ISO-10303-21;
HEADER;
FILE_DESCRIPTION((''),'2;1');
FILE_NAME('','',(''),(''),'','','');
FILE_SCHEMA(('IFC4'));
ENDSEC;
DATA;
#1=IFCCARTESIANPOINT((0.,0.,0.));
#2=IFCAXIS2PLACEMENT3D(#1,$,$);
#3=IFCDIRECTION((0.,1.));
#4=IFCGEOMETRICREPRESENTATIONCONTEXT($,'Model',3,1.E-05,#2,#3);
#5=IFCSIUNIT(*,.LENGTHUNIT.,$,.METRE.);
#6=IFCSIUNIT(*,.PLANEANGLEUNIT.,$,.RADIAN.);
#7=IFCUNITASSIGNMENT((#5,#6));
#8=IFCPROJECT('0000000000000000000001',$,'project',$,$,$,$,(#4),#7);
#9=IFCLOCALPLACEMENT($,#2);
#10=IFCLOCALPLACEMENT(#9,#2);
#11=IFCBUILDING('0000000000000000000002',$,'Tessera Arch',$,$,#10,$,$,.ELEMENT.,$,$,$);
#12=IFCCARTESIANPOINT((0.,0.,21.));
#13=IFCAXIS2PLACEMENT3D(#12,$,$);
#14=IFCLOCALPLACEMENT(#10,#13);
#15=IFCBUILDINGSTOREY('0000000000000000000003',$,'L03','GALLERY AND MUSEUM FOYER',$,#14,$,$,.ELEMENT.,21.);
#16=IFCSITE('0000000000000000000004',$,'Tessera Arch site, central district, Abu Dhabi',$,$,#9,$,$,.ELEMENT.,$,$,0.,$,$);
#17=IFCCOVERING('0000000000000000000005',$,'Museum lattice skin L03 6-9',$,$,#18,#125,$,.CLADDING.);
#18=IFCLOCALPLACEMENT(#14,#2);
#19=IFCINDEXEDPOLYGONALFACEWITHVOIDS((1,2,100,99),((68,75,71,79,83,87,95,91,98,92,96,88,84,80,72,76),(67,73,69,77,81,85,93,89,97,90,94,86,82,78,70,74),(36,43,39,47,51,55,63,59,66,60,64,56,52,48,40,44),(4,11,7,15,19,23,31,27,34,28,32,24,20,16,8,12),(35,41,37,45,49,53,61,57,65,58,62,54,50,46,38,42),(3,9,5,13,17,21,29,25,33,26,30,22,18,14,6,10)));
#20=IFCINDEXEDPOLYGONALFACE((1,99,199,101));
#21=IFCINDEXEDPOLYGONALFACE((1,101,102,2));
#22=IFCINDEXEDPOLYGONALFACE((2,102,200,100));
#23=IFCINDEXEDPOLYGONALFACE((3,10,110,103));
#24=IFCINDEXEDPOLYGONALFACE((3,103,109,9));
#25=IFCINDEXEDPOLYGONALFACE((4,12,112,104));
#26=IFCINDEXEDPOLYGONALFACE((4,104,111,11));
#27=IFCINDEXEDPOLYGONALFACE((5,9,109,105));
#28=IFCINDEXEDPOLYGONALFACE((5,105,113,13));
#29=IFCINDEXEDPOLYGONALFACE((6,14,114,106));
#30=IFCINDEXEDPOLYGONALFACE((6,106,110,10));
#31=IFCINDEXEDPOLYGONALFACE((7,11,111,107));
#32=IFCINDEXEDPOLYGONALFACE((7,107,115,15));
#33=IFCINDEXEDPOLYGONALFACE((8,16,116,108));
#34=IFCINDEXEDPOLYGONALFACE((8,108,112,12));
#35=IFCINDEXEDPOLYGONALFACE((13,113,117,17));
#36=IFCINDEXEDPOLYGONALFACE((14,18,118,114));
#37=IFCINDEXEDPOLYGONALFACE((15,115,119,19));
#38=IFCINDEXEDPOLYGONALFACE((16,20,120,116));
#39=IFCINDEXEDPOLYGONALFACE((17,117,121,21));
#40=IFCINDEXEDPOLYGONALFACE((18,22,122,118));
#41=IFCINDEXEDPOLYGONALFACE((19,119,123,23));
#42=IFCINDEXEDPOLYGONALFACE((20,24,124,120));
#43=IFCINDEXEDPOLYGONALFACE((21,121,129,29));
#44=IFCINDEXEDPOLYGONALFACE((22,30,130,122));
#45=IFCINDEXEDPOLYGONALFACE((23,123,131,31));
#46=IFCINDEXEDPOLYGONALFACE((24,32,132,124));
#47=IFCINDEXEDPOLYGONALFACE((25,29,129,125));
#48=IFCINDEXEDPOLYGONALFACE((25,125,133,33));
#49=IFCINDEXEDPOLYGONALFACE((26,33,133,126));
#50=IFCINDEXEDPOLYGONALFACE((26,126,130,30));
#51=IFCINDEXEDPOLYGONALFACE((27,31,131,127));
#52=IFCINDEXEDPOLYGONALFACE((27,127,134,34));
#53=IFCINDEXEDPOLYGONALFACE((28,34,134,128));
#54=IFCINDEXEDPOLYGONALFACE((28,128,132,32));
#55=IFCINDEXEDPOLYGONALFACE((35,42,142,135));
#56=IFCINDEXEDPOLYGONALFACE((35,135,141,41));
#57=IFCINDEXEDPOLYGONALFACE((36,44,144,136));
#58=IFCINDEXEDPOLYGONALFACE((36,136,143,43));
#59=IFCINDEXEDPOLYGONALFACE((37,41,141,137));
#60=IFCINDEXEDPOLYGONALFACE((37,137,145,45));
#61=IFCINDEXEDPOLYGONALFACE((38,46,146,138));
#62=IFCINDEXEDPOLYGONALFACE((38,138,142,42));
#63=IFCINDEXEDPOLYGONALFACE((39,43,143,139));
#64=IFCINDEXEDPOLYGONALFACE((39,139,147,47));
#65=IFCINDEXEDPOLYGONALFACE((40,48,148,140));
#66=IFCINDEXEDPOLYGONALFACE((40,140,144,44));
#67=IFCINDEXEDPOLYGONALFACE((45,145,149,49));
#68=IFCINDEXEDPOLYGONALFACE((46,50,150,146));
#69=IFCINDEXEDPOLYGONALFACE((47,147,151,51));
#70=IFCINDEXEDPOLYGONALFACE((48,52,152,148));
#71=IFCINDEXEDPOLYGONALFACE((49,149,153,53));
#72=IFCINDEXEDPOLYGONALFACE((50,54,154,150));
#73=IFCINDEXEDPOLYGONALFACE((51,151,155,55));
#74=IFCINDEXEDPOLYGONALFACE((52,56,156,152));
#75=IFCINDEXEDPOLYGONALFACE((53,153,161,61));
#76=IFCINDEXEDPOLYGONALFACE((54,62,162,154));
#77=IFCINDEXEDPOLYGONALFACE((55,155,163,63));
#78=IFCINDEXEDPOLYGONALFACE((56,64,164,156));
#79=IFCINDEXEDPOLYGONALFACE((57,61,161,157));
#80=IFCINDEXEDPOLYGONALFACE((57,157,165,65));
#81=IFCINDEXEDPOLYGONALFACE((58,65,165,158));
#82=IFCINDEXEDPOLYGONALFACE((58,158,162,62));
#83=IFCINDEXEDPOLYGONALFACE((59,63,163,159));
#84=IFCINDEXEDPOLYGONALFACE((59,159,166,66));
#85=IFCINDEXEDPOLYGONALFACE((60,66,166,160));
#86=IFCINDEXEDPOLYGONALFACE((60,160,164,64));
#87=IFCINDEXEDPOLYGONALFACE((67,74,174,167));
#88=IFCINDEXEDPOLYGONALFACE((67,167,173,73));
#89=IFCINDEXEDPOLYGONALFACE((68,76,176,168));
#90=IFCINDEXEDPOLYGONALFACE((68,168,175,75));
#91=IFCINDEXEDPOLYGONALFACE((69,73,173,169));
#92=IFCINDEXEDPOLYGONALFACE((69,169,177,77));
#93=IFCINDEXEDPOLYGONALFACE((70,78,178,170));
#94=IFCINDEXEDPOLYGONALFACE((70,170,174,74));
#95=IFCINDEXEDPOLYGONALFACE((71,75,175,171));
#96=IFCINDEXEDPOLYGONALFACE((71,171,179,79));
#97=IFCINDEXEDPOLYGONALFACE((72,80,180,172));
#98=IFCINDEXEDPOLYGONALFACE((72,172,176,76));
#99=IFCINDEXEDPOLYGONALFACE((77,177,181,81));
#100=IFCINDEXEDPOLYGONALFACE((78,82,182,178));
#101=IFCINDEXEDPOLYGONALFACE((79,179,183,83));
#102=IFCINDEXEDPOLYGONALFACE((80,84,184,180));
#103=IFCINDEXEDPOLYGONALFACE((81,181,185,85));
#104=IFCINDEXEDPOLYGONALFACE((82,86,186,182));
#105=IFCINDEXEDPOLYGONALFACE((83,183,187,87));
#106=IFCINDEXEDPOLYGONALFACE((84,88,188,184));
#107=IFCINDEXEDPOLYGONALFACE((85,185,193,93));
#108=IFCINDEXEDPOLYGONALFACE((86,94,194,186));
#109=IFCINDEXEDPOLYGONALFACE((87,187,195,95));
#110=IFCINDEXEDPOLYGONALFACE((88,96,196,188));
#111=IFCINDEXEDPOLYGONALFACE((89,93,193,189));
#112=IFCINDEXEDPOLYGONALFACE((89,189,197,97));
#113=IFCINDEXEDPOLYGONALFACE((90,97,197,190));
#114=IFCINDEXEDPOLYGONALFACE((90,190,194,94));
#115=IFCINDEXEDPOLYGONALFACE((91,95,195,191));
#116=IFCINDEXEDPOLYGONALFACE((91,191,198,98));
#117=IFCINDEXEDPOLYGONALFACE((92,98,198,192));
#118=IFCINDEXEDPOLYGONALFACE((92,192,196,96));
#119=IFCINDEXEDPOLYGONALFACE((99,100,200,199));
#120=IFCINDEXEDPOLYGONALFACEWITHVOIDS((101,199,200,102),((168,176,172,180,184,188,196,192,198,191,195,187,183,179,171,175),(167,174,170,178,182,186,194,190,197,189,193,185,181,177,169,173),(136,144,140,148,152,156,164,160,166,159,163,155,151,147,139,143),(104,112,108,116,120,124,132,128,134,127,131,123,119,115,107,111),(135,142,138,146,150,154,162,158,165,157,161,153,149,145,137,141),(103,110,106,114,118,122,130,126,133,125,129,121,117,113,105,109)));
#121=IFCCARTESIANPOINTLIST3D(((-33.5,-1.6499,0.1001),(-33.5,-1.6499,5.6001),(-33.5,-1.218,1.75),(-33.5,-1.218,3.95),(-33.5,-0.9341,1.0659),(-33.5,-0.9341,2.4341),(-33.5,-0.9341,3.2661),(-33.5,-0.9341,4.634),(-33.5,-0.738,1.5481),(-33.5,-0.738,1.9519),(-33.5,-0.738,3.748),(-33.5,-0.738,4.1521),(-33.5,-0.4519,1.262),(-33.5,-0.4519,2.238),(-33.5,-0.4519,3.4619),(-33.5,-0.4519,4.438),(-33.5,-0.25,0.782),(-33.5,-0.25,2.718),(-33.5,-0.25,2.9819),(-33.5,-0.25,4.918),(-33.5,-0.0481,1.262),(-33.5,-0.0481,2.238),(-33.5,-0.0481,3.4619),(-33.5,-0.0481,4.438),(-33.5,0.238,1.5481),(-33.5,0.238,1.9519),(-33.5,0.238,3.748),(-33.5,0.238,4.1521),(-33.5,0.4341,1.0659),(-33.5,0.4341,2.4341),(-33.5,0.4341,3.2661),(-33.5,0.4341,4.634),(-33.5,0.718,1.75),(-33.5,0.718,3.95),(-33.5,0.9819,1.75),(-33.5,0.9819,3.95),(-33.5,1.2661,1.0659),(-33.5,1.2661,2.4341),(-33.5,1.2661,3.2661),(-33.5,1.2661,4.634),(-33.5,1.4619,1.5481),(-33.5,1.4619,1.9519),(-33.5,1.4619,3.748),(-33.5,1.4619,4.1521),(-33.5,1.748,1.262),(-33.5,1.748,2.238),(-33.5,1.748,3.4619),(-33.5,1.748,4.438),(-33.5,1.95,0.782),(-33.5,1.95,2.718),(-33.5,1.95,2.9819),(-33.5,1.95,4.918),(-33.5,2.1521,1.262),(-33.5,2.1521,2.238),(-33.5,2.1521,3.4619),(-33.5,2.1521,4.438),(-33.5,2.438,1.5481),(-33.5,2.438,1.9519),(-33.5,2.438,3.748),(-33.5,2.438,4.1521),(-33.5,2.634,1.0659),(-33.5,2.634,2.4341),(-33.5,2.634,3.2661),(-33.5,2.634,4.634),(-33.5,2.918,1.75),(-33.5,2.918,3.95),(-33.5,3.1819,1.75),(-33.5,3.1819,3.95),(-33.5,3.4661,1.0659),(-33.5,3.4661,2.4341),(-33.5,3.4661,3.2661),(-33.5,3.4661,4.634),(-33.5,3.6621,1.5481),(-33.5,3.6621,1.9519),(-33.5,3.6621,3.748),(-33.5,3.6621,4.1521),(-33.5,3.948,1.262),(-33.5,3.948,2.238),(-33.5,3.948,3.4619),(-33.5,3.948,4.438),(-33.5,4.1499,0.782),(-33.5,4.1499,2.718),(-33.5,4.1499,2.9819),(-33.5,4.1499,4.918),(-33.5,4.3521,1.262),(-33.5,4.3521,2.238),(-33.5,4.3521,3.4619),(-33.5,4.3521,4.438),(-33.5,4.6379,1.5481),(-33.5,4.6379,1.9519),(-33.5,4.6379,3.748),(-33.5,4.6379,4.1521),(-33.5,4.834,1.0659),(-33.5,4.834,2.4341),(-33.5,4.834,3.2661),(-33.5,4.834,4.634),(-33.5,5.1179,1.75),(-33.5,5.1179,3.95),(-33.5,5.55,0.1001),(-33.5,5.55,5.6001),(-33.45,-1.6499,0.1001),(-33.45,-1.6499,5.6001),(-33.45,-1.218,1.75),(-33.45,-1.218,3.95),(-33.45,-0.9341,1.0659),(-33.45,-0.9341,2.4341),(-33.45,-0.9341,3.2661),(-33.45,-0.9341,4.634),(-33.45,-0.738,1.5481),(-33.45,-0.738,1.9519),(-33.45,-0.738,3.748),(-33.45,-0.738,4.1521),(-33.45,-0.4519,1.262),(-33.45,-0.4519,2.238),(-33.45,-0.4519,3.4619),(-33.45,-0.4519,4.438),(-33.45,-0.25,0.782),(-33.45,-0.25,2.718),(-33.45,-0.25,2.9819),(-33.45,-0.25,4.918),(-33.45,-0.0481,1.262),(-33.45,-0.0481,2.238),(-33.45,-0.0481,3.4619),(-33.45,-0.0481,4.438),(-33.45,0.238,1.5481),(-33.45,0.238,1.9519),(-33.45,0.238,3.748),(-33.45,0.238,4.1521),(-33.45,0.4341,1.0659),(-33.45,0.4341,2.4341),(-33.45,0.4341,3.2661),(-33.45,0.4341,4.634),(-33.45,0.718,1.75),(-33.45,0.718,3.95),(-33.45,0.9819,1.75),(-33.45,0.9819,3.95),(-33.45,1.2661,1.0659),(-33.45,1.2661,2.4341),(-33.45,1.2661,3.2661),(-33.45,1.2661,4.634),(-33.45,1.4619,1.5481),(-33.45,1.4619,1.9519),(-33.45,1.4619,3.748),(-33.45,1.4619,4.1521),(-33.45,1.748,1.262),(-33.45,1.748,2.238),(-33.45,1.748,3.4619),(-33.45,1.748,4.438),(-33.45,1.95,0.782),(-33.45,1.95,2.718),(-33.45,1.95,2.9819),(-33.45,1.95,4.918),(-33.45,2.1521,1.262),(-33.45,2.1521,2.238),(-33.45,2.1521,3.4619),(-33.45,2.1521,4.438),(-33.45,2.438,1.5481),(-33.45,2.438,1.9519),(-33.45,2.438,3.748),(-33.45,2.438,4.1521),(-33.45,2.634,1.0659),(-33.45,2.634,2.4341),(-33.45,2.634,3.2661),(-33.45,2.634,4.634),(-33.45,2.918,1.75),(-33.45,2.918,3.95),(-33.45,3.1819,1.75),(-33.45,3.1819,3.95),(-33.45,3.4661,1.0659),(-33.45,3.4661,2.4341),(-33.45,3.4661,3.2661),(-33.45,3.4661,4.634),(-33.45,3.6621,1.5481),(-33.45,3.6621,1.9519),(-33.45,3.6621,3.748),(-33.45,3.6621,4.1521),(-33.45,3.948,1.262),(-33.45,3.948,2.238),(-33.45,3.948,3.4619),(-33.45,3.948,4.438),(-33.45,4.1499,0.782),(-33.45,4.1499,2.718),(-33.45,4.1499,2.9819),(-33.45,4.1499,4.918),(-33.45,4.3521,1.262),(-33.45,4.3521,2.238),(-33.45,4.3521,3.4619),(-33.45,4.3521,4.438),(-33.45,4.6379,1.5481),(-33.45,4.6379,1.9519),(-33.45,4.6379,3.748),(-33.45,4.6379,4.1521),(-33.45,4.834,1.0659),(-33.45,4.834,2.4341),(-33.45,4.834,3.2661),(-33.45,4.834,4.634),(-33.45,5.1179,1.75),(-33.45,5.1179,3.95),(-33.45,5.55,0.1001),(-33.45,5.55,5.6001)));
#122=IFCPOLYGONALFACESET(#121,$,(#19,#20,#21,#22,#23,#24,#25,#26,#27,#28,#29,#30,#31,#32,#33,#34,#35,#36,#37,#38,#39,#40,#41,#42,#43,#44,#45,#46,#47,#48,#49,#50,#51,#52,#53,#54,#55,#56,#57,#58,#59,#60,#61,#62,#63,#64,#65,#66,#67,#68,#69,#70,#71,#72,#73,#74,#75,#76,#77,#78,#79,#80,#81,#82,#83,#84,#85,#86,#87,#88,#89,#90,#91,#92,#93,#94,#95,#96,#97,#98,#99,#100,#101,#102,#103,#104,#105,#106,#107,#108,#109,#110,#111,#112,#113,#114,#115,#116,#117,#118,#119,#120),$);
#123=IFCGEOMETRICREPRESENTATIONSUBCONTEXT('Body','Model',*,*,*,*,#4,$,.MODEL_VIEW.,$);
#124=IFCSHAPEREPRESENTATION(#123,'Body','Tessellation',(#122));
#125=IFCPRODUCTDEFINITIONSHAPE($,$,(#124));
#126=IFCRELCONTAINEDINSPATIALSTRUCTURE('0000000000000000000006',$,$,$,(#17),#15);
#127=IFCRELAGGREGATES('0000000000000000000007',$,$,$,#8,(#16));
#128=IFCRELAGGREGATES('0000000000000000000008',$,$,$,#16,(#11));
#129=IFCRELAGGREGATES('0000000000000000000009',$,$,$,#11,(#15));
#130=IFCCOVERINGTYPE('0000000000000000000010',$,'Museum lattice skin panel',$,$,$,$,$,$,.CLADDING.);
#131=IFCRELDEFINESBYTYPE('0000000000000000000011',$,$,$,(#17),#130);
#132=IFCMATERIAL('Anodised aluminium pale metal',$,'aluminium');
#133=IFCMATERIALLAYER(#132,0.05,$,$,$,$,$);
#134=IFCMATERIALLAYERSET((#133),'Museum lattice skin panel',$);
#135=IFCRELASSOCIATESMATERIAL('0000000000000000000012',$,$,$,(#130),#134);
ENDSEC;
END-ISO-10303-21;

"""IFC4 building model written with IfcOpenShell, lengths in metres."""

from ifc_helpers import new_model, si_unit, direction, frame, origin, place, context, subcontext, project, spatial, polyline, outline, extrude, material, layer, layer_set, type_object, element, save


model = new_model("IFC4")

# Units and contexts
model_context = context("Model", 3, precision=1e-05, world=origin(), true_north=direction((0.0, 1.0)))
body_context = subcontext(model_context, "Body", "Model", "MODEL_VIEW")
ifc_project = project(units=[si_unit("LENGTHUNIT", "METRE"), si_unit("PLANEANGLEUNIT", "RADIAN")], contexts=[model_context])

# Site, building, storey
site_placement = place(None, origin())
site = spatial("IfcSite", under=ifc_project, at=site_placement, Name="Tessera Arch site, central district, Abu Dhabi", CompositionType="ELEMENT", RefElevation=0.0)
building_placement = place(site_placement, origin())
building = spatial("IfcBuilding", under=site, at=building_placement, Name="Tessera Arch", CompositionType="ELEMENT")
storey_placement = place(building_placement, frame((0.0, 0.0, 21.0)))
storey = spatial("IfcBuildingStorey", under=building, at=storey_placement, Name="L03", Description="GALLERY AND MUSEUM FOYER", CompositionType="ELEMENT", Elevation=21.0)

# Covering
ifc_material_1 = material(Name="Anodised aluminium pale metal", Category="aluminium")
ifc_layer_1 = layer(ifc_material_1, 0.05)
ifc_layer_set_1 = layer_set([ifc_layer_1], Name="Museum lattice skin panel")
covering_type_1 = type_object("IfcCoveringType", Name="Museum lattice skin panel", PredefinedType="CLADDING", material=ifc_layer_set_1)
covering_1_placement = place(storey_placement, frame((-33.45, 5.55, 5.6001), z_axis=(1.0, 0.0, 0.0), x_axis=(0.0, -1.0, 0.0)))
element("IfcCovering", 1, at=covering_1_placement, inside=storey, type_object=covering_type_1, Name="Museum lattice skin L03 6-9", PredefinedType="CLADDING", context=body_context, shape_type="SweptSolid", body=[
    extrude(outline(polyline([(0.0, 0.0), (7.2, 0.0), (7.2, 5.5), (0.0, 5.5), (0.0, 0.0)]), holes=[polyline([(2.3682, 3.8501), (1.8879, 3.6482), (2.084, 3.166), (1.6021, 3.3621), (1.4001, 2.8821), (1.198, 3.3621), (0.7161, 3.166), (0.9121, 3.6482), (0.4321, 3.8501), (0.9121, 4.052), (0.7161, 4.5342), (1.198, 4.3381), (1.4001, 4.8181), (1.6021, 4.3381), (2.084, 4.5342), (1.8879, 4.052), (2.3682, 3.8501)]), polyline([(2.3682, 1.6501), (1.8879, 1.448), (2.084, 0.9661), (1.6021, 1.1621), (1.4001, 0.6821), (1.198, 1.1621), (0.7161, 0.9661), (0.9121, 1.448), (0.4321, 1.6501), (0.9121, 1.8521), (0.7161, 2.334), (1.198, 2.1382), (1.4001, 2.6182), (1.6021, 2.1382), (2.084, 2.334), (1.8879, 1.8521), (2.3682, 1.6501)]), polyline([(4.5681, 3.8501), (4.0881, 3.6482), (4.2839, 3.166), (3.802, 3.3621), (3.6001, 2.8821), (3.3979, 3.3621), (2.916, 3.166), (3.1121, 3.6482), (2.6321, 3.8501), (3.1121, 4.052), (2.916, 4.5342), (3.3979, 4.3381), (3.6001, 4.8181), (3.802, 4.3381), (4.2839, 4.5342), (4.0881, 4.052), (4.5681, 3.8501)]), polyline([(4.5681, 1.6501), (4.0881, 1.448), (4.2839, 0.9661), (3.802, 1.1621), (3.6001, 0.6821), (3.3979, 1.1621), (2.916, 0.9661), (3.1121, 1.448), (2.6321, 1.6501), (3.1121, 1.8521), (2.916, 2.334), (3.3979, 2.1382), (3.6001, 2.6182), (3.802, 2.1382), (4.2839, 2.334), (4.0881, 1.8521), (4.5681, 1.6501)]), polyline([(6.7681, 3.8501), (6.2881, 3.6482), (6.4841, 3.166), (6.002, 3.3621), (5.8, 2.8821), (5.5981, 3.3621), (5.116, 3.166), (5.312, 3.6482), (4.832, 3.8501), (5.312, 4.052), (5.116, 4.5342), (5.5981, 4.3381), (5.8, 4.8181), (6.002, 4.3381), (6.4841, 4.5342), (6.2881, 4.052), (6.7681, 3.8501)]), polyline([(6.7681, 1.6501), (6.2881, 1.448), (6.4841, 0.9661), (6.002, 1.1621), (5.8, 0.6821), (5.5981, 1.1621), (5.116, 0.9661), (5.312, 1.448), (4.832, 1.6501), (5.312, 1.8521), (5.116, 2.334), (5.5981, 2.1382), (5.8, 2.6182), (6.002, 2.1382), (6.4841, 2.334), (6.2881, 1.8521), (6.7681, 1.6501)])]), origin(), (0.0, 0.0, -1.0), 0.05),
])

save(model, "model.ifc")
